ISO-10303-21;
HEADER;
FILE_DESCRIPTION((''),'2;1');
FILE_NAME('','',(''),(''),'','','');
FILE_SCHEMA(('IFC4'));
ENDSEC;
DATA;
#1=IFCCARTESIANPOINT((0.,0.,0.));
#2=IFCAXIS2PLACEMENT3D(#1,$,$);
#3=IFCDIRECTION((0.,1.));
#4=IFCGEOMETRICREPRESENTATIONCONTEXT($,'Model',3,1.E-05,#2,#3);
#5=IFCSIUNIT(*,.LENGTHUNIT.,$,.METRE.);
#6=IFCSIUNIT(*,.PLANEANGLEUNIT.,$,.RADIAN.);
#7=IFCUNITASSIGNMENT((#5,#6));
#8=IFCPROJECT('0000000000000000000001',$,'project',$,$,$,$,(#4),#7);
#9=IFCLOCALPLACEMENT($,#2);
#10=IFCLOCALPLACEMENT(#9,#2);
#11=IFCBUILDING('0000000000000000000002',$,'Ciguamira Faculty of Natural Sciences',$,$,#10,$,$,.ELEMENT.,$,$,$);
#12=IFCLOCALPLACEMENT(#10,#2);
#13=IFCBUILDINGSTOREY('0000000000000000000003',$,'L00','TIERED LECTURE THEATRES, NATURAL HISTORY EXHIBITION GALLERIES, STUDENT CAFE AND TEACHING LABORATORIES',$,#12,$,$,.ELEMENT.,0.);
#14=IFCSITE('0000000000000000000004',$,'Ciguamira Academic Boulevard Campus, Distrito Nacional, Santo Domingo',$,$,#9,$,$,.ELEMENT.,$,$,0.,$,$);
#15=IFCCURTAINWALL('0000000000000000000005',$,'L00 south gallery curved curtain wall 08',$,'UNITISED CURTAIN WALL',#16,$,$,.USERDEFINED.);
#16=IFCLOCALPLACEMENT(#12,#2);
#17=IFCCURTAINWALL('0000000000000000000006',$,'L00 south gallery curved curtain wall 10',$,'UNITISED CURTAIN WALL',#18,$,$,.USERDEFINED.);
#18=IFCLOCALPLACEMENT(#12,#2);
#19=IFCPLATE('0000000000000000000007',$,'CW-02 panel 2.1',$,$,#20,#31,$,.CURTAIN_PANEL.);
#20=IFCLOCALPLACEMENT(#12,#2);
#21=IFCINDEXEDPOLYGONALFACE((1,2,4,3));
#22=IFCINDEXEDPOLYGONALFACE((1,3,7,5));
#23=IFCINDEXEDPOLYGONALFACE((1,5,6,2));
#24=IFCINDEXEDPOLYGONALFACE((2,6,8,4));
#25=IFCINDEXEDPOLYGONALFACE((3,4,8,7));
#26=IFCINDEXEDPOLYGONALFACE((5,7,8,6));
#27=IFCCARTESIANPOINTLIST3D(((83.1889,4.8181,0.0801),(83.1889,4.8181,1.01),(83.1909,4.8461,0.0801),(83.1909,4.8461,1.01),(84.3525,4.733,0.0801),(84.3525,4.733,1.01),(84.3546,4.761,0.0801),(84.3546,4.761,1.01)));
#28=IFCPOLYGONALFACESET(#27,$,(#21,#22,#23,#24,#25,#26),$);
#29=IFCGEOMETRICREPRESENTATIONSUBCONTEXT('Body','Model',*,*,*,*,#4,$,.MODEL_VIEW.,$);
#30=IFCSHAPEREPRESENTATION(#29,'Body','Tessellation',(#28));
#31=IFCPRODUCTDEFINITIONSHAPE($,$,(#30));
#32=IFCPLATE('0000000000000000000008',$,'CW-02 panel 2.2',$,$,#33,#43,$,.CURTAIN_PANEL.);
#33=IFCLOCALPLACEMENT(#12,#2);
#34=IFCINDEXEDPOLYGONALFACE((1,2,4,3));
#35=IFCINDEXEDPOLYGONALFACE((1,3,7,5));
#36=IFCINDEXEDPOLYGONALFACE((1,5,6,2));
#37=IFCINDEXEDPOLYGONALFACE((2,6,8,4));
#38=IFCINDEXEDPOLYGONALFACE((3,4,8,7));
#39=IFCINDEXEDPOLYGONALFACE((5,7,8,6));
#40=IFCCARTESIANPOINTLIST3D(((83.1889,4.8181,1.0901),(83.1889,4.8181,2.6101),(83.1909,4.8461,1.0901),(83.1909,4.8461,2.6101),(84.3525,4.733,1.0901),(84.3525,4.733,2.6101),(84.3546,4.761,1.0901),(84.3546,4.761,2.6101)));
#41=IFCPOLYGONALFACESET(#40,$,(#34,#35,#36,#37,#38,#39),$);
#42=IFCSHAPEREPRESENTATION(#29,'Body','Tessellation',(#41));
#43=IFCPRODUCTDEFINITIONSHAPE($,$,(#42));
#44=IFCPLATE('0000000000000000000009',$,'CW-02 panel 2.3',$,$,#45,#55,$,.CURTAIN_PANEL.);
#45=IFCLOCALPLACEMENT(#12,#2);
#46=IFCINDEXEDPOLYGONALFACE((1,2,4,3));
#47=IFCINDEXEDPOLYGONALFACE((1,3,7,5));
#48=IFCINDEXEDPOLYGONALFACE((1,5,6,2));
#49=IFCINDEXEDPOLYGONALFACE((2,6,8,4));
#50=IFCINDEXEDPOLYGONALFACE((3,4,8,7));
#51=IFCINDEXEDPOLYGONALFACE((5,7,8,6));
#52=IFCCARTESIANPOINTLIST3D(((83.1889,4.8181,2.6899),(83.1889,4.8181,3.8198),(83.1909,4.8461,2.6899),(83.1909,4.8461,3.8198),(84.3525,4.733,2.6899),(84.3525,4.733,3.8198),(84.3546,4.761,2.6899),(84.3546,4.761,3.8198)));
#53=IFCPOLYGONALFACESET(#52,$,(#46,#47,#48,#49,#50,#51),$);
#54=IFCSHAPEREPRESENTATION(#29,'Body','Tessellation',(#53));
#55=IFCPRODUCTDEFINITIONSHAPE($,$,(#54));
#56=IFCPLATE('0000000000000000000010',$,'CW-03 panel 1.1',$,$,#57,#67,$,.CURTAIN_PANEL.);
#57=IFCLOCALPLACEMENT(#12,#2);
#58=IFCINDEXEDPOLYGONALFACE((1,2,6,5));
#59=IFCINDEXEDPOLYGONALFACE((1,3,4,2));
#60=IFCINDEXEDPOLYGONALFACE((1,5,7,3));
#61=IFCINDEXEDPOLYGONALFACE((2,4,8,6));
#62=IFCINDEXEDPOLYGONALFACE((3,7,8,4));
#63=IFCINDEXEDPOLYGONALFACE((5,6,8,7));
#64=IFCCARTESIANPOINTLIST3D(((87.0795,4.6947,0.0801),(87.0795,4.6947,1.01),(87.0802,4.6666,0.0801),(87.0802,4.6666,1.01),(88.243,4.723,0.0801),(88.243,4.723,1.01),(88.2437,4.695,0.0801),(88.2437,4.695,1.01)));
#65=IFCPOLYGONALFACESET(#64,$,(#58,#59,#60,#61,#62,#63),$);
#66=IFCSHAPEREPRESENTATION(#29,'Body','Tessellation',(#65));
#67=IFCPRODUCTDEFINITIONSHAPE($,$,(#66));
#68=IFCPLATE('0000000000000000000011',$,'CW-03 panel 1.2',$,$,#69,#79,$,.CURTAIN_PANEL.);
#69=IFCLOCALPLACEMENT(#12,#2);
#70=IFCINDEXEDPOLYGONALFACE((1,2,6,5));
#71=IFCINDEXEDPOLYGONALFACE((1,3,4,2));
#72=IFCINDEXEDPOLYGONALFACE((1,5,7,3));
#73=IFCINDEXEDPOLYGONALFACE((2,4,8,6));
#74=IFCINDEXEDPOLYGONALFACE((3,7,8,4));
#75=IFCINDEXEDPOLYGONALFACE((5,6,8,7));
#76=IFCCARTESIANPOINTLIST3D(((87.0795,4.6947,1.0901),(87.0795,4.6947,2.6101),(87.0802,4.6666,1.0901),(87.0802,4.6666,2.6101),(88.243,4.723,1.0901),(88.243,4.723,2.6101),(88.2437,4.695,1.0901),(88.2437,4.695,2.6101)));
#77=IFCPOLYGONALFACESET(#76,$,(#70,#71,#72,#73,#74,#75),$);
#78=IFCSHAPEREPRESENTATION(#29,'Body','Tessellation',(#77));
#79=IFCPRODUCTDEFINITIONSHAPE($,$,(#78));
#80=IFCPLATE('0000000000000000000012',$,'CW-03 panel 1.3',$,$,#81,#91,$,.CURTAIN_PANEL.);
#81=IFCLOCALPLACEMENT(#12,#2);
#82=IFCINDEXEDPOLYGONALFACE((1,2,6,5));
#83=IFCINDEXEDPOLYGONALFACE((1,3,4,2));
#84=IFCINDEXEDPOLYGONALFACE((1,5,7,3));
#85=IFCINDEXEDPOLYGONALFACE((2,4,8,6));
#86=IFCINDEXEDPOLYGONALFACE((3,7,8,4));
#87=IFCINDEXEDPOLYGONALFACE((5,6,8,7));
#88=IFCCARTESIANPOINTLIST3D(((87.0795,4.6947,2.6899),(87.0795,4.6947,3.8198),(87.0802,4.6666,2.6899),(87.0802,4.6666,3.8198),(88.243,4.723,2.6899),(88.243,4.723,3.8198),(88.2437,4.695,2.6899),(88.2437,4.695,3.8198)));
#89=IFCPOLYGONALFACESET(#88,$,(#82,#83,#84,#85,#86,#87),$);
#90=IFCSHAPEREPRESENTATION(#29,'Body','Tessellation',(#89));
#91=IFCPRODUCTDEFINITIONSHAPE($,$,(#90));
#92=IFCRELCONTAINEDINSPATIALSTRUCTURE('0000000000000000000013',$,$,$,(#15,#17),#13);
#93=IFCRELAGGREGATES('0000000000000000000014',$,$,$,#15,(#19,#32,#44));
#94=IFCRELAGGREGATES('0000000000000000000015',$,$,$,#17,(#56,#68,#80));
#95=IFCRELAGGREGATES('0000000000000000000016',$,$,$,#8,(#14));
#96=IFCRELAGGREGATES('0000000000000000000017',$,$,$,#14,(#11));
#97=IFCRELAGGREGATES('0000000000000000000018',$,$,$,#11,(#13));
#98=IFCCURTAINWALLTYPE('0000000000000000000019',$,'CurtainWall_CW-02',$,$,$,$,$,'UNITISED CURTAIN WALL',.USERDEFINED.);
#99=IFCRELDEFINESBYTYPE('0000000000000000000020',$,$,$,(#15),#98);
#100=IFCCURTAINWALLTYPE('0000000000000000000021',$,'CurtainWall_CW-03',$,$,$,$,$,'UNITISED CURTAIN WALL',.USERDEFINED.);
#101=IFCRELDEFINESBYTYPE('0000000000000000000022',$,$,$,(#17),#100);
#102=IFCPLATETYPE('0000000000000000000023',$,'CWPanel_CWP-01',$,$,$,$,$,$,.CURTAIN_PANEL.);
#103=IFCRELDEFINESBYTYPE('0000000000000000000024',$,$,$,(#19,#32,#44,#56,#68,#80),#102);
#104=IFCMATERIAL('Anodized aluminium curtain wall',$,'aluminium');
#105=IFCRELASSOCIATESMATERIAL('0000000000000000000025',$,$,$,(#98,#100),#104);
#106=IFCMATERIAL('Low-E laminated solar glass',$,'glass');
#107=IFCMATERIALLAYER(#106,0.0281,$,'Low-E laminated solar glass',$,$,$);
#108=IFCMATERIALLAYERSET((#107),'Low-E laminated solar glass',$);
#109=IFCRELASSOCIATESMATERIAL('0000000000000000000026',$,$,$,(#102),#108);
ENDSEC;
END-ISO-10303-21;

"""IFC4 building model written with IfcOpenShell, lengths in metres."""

from ifc_helpers import new_model, si_unit, direction, frame, origin, origin_2d, place, context, subcontext, project, spatial, rectangle, extrude, material, layer, layer_set, type_object, element, aggregate, save


model = new_model("IFC4")

# Units and contexts
model_context = context("Model", 3, precision=1e-05, world=origin(), true_north=direction((0.0, 1.0)))
body_context = subcontext(model_context, "Body", "Model", "MODEL_VIEW")
ifc_project = project(units=[si_unit("LENGTHUNIT", "METRE"), si_unit("PLANEANGLEUNIT", "RADIAN")], contexts=[model_context])

# Site, building, storey
site_placement = place(None, origin())
site = spatial("IfcSite", under=ifc_project, at=site_placement, Name="Ciguamira Academic Boulevard Campus, Distrito Nacional, Santo Domingo", CompositionType="ELEMENT", RefElevation=0.0)
building_placement = place(site_placement, origin())
building = spatial("IfcBuilding", under=site, at=building_placement, Name="Ciguamira Faculty of Natural Sciences", CompositionType="ELEMENT")
storey_placement = place(building_placement, origin())
storey = spatial("IfcBuildingStorey", under=building, at=storey_placement, Name="L00", Description="TIERED LECTURE THEATRES, NATURAL HISTORY EXHIBITION GALLERIES, STUDENT CAFE AND TEACHING LABORATORIES", CompositionType="ELEMENT", Elevation=0.0)

# Curtain wall
ifc_material_1 = material(Name="Anodized aluminium curtain wall", Category="aluminium")
curtain_wall_type_1 = type_object("IfcCurtainWallType", Name="CurtainWall_CW-02", ElementType="UNITISED CURTAIN WALL", PredefinedType="USERDEFINED", material=ifc_material_1)
curtain_wall_1_placement = place(storey_placement, origin())
curtain_wall_1 = element("IfcCurtainWall", 1, at=curtain_wall_1_placement, inside=storey, type_object=curtain_wall_type_1, Name="L00 south gallery curved curtain wall 08", ObjectType="UNITISED CURTAIN WALL", PredefinedType="USERDEFINED")

# Curtain wall
curtain_wall_type_2 = type_object("IfcCurtainWallType", Name="CurtainWall_CW-03", ElementType="UNITISED CURTAIN WALL", PredefinedType="USERDEFINED", material=ifc_material_1)
curtain_wall_2_placement = place(storey_placement, origin())
curtain_wall_2 = element("IfcCurtainWall", 2, at=curtain_wall_2_placement, inside=storey, type_object=curtain_wall_type_2, Name="L00 south gallery curved curtain wall 10", ObjectType="UNITISED CURTAIN WALL", PredefinedType="USERDEFINED")

# Plates
ifc_material_2 = material(Name="Low-E laminated solar glass", Category="glass")
ifc_layer_1 = layer(ifc_material_2, 0.0281, Name="Low-E laminated solar glass")
ifc_layer_set_1 = layer_set([ifc_layer_1], Name="Low-E laminated solar glass")
plate_type = type_object("IfcPlateType", Name="CWPanel_CWP-01", PredefinedType="CURTAIN_PANEL", material=ifc_layer_set_1)
plate_1_placement = place(storey_placement, frame((83.7717, 4.7896, 0.0801), z_axis=(0.0, 0.0, 1.0), x_axis=(0.997337, -0.072937, 0.0)))
plate_1 = element("IfcPlate", 3, at=plate_1_placement, type_object=plate_type, Name="CW-02 panel 2.1", PredefinedType="CURTAIN_PANEL", context=body_context, shape_type="SweptSolid", body=[
    extrude(rectangle(XDim=1.1667, YDim=0.0281, at=origin_2d()), origin(), (0.0, 0.0, 1.0), 0.9299),
])
plate_2_placement = place(storey_placement, frame((83.7717, 4.7896, 1.0901), z_axis=(0.0, 0.0, 1.0), x_axis=(0.997337, -0.072937, 0.0)))
plate_2 = element("IfcPlate", 4, at=plate_2_placement, type_object=plate_type, Name="CW-02 panel 2.2", PredefinedType="CURTAIN_PANEL", context=body_context, shape_type="SweptSolid", body=[
    extrude(rectangle(XDim=1.1667, YDim=0.0281, at=origin_2d()), origin(), (0.0, 0.0, 1.0), 1.52),
])
plate_3_placement = place(storey_placement, frame((83.7717, 4.7896, 2.6899), z_axis=(0.0, 0.0, 1.0), x_axis=(0.997337, -0.072937, 0.0)))
plate_3 = element("IfcPlate", 5, at=plate_3_placement, type_object=plate_type, Name="CW-02 panel 2.3", PredefinedType="CURTAIN_PANEL", context=body_context, shape_type="SweptSolid", body=[
    extrude(rectangle(XDim=1.1667, YDim=0.0281, at=origin_2d()), origin(), (0.0, 0.0, 1.0), 1.1299),
])
aggregate(curtain_wall_1, [plate_1, plate_2, plate_3])
plate_4_placement = place(storey_placement, frame((87.6616, 4.6948, 0.0801), z_axis=(0.0, 0.0, 1.0), x_axis=(0.999704, 0.024343, 0.0)))
plate_4 = element("IfcPlate", 6, at=plate_4_placement, type_object=plate_type, Name="CW-03 panel 1.1", PredefinedType="CURTAIN_PANEL", context=body_context, shape_type="SweptSolid", body=[
    extrude(rectangle(XDim=1.1638, YDim=0.0281, at=origin_2d()), origin(), (0.0, 0.0, 1.0), 0.9299),
])
plate_5_placement = place(storey_placement, frame((87.6616, 4.6948, 1.0901), z_axis=(0.0, 0.0, 1.0), x_axis=(0.999704, 0.024343, 0.0)))
plate_5 = element("IfcPlate", 7, at=plate_5_placement, type_object=plate_type, Name="CW-03 panel 1.2", PredefinedType="CURTAIN_PANEL", context=body_context, shape_type="SweptSolid", body=[
    extrude(rectangle(XDim=1.1638, YDim=0.0281, at=origin_2d()), origin(), (0.0, 0.0, 1.0), 1.52),
])
plate_6_placement = place(storey_placement, frame((87.6616, 4.6948, 2.6899), z_axis=(0.0, 0.0, 1.0), x_axis=(0.999704, 0.024343, 0.0)))
plate_6 = element("IfcPlate", 8, at=plate_6_placement, type_object=plate_type, Name="CW-03 panel 1.3", PredefinedType="CURTAIN_PANEL", context=body_context, shape_type="SweptSolid", body=[
    extrude(rectangle(XDim=1.1638, YDim=0.0281, at=origin_2d()), origin(), (0.0, 0.0, 1.0), 1.1299),
])
aggregate(curtain_wall_2, [plate_4, plate_5, plate_6])

save(model, "model.ifc")
